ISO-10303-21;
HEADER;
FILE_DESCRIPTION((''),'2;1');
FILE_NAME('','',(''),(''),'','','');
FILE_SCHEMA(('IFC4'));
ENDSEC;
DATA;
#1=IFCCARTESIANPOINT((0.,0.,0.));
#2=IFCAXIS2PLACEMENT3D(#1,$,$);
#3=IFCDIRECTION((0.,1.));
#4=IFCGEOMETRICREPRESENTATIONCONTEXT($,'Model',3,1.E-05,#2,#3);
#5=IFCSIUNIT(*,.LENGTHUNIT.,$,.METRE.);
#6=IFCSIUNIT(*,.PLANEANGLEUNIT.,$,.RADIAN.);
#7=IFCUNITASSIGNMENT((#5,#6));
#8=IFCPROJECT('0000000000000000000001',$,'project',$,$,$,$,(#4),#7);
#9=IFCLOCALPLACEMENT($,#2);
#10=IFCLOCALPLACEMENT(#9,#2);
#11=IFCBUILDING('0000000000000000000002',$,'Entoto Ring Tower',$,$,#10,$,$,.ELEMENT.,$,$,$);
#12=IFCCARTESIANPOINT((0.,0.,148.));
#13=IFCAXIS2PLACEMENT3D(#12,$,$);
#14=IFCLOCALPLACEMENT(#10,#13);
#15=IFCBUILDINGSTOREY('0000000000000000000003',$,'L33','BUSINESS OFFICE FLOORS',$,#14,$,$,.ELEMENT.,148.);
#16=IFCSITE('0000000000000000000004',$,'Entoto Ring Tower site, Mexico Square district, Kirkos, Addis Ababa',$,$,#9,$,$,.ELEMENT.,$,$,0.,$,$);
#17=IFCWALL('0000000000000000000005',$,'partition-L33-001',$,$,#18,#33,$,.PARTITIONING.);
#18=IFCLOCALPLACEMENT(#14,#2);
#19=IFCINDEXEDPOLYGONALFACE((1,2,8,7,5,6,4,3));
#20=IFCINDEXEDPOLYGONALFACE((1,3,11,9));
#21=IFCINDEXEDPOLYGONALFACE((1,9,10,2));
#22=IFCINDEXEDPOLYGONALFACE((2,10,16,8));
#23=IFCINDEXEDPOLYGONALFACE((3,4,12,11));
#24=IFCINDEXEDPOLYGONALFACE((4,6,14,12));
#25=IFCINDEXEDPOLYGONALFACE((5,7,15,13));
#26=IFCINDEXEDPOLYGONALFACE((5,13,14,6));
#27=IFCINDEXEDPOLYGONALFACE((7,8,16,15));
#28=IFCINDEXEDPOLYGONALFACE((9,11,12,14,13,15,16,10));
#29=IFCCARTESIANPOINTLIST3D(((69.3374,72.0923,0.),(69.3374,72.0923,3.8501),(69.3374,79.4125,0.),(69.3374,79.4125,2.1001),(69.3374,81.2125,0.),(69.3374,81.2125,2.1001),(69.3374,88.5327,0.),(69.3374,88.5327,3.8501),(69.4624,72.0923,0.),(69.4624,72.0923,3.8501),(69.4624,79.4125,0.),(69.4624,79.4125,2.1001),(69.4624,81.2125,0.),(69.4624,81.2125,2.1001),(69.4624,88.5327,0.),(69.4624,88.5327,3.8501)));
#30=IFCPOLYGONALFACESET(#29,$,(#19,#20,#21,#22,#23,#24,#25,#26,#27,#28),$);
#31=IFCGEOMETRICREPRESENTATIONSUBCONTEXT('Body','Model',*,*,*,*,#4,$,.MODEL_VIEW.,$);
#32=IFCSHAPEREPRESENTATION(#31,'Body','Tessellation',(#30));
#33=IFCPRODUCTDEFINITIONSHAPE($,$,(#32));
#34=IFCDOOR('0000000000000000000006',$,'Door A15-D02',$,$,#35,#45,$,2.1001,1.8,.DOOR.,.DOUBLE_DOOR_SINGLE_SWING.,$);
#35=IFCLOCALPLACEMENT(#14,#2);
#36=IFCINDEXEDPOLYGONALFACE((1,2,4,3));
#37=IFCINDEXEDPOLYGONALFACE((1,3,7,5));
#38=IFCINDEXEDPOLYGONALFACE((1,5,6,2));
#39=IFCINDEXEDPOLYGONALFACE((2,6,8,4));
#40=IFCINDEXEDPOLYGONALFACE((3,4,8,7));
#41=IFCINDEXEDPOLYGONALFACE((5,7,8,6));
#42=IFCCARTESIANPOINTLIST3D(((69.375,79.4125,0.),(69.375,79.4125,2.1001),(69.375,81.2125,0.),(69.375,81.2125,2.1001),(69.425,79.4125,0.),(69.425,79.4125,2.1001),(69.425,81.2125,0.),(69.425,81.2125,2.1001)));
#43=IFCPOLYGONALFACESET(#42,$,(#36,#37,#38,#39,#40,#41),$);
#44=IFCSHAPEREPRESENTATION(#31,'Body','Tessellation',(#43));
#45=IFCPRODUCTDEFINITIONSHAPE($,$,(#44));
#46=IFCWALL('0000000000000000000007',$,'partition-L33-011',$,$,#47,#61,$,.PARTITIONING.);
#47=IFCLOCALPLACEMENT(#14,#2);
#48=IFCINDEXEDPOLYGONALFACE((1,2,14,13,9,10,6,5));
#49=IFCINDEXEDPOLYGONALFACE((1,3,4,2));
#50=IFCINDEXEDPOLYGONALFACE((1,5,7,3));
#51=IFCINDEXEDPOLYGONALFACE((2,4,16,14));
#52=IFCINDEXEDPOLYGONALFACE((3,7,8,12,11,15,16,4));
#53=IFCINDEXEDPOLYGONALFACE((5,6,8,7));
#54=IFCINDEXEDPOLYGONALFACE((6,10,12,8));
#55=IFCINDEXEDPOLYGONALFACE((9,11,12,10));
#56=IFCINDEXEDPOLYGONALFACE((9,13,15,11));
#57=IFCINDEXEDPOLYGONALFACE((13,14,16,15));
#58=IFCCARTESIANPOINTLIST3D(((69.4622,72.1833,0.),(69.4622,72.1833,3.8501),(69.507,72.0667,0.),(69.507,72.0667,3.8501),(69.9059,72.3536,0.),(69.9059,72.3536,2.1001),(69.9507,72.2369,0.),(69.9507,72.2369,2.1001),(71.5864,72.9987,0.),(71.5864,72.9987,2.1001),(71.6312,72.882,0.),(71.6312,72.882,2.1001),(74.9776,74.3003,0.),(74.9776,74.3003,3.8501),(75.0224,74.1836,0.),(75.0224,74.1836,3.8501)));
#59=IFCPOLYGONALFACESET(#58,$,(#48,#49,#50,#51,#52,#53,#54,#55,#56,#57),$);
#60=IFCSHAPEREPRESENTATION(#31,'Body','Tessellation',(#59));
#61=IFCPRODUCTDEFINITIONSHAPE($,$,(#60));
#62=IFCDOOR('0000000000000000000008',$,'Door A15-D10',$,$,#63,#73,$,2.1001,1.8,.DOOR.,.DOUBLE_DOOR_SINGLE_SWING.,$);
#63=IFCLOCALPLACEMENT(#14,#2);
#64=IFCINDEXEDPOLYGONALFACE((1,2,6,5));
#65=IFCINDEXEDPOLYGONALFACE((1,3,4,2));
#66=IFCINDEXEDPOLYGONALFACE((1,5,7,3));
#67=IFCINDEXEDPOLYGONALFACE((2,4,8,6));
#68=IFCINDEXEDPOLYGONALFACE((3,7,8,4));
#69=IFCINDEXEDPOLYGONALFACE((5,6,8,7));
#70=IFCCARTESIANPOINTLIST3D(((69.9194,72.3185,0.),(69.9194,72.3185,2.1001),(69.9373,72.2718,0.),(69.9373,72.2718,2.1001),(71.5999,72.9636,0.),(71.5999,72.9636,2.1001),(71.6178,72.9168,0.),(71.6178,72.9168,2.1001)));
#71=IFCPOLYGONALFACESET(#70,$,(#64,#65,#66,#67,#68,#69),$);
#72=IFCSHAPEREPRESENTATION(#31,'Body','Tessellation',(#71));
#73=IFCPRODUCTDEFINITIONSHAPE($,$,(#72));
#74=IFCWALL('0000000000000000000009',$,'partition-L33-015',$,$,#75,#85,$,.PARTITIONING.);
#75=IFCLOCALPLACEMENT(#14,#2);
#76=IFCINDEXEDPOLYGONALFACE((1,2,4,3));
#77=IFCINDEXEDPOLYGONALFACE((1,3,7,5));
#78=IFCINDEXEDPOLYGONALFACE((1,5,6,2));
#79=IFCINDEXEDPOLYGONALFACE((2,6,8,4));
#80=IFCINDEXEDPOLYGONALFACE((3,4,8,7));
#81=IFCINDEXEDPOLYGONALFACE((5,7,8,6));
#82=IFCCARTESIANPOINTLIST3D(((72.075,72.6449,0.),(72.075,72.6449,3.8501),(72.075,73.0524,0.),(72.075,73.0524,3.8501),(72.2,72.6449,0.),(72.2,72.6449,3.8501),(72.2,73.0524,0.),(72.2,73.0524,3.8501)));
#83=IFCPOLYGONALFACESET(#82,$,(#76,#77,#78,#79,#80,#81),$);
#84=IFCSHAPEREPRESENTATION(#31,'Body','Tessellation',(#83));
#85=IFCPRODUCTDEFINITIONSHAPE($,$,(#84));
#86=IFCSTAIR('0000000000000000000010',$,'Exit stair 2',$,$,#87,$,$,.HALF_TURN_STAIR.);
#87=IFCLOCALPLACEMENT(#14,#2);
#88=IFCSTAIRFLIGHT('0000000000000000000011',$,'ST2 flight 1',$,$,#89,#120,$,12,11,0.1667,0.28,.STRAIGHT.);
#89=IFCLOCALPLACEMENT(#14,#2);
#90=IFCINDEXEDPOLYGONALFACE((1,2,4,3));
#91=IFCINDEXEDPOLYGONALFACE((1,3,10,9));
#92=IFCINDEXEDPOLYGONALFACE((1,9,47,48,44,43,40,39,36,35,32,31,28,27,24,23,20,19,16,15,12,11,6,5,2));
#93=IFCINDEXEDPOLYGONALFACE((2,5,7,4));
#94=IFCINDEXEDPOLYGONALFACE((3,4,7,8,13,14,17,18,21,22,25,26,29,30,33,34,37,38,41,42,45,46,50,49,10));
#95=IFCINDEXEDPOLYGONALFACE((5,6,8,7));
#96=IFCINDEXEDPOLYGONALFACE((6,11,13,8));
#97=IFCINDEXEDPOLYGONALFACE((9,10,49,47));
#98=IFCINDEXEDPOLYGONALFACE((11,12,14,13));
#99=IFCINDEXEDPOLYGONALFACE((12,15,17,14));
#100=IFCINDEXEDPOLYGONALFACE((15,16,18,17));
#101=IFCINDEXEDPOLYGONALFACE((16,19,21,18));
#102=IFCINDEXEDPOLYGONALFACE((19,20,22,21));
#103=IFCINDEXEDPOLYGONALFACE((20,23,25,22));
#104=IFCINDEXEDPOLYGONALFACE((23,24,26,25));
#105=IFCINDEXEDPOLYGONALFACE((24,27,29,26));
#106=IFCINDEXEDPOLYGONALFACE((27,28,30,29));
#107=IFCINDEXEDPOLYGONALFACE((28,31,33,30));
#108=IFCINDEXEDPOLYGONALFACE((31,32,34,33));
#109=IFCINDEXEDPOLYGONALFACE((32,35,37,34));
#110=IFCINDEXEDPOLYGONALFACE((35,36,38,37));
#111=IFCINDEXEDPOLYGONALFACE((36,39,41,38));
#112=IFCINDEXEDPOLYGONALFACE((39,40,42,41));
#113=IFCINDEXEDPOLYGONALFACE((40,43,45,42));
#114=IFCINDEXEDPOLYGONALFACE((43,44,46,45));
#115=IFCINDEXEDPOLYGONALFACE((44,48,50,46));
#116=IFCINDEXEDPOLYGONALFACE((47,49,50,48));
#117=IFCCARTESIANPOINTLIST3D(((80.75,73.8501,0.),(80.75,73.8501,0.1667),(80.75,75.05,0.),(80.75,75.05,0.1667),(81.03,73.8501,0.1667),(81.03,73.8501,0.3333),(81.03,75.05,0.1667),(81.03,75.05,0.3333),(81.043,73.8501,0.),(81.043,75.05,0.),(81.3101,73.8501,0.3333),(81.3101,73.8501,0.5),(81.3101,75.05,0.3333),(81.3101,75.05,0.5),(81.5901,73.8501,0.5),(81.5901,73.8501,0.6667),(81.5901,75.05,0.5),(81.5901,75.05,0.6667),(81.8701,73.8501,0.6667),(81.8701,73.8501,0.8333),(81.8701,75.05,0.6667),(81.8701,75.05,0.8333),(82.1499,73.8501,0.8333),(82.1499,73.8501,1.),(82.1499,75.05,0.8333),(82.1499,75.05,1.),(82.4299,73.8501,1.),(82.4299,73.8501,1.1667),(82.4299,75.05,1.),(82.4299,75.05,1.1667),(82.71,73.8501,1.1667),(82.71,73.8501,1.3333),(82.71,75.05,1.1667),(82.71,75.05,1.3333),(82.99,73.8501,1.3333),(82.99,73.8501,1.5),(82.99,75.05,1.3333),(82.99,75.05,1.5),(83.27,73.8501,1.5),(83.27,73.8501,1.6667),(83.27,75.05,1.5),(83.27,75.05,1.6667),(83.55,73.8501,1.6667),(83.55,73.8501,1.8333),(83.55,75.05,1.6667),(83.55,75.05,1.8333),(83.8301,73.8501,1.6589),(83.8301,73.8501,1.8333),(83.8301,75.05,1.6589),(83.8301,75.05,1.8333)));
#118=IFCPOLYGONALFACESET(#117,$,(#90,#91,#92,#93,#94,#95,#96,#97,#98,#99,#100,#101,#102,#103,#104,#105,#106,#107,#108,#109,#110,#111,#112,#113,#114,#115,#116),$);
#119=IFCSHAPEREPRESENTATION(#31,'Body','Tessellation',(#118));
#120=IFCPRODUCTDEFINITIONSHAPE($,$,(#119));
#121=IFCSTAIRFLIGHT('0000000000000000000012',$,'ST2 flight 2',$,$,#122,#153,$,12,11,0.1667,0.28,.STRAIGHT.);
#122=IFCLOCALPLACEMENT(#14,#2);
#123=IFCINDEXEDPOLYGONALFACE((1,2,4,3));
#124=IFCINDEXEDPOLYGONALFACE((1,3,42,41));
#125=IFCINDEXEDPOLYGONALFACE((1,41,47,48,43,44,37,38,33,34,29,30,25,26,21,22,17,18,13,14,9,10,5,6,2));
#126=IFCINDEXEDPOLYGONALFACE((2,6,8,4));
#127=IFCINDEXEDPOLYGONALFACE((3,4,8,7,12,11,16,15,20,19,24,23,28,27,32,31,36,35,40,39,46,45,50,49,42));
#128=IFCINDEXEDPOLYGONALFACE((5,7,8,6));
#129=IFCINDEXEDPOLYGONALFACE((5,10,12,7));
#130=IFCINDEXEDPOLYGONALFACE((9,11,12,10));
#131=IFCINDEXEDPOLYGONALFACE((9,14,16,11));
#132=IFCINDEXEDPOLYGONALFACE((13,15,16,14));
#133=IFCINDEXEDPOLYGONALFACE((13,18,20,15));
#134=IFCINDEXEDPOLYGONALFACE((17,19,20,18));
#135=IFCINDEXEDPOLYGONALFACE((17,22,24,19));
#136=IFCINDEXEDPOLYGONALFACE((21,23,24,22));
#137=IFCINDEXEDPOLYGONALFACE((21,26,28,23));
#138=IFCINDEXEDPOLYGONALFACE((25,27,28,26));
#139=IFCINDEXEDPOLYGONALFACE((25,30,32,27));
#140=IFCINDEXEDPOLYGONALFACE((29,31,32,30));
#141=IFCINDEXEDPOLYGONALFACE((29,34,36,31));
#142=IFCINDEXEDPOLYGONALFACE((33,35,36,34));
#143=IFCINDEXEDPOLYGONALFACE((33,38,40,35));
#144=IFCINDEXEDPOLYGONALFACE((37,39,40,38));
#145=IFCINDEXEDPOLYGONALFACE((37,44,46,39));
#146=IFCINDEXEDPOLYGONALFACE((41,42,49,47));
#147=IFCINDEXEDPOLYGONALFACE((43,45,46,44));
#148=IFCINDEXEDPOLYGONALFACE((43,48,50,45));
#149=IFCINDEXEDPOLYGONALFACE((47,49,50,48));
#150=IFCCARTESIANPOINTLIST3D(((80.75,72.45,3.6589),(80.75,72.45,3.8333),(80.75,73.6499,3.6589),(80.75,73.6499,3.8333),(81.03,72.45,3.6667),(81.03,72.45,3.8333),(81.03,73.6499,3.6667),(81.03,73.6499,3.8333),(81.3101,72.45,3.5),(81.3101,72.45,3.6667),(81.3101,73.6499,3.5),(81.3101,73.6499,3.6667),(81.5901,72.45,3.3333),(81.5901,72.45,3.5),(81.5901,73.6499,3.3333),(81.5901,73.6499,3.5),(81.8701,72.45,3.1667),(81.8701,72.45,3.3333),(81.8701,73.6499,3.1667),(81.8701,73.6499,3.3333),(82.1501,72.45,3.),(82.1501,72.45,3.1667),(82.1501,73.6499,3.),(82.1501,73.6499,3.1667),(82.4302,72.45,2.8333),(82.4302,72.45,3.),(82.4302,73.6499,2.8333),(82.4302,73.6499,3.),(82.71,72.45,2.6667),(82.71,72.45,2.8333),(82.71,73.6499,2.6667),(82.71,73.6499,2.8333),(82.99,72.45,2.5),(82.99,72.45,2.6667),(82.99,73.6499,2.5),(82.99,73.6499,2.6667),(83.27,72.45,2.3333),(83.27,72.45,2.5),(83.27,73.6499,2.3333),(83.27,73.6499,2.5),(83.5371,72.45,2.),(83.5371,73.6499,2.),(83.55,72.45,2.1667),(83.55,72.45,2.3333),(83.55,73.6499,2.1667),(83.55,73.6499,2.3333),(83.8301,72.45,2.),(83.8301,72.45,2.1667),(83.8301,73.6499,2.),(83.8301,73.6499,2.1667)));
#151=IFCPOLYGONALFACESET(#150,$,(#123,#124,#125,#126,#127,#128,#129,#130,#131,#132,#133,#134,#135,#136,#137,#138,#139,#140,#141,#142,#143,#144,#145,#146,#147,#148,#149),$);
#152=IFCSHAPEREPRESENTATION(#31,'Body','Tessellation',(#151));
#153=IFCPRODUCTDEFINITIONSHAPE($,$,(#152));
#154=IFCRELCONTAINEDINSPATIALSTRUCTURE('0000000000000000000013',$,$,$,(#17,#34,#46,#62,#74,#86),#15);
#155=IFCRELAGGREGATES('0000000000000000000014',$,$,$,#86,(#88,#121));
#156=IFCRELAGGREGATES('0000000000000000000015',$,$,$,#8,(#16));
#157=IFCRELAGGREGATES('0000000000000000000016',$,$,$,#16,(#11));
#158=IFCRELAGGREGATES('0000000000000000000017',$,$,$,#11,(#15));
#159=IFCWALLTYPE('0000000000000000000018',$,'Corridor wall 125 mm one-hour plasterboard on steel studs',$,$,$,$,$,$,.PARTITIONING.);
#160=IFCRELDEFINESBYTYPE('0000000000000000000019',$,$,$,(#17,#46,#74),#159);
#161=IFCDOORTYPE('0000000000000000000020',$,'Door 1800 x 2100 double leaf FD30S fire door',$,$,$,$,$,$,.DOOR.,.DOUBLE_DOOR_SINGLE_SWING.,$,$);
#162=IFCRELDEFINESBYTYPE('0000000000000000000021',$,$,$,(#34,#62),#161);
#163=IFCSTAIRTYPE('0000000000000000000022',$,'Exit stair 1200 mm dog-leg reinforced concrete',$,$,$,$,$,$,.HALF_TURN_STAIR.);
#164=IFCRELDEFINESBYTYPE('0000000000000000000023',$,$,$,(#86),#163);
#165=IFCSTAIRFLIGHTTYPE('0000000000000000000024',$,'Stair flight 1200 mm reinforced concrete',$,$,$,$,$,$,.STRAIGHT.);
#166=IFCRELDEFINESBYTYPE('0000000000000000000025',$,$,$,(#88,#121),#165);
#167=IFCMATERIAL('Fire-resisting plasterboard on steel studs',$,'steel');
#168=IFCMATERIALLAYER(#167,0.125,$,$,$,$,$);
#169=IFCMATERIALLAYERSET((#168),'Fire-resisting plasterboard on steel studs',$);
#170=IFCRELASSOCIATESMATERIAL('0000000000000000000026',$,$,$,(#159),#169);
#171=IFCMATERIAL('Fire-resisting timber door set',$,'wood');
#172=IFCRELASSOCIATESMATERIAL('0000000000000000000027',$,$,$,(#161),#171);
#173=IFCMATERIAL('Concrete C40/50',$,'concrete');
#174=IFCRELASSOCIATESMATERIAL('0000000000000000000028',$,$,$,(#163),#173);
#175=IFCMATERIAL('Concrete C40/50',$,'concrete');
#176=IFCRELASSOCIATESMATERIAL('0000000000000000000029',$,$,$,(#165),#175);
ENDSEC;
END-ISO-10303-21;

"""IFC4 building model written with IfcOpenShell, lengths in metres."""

from ifc_helpers import new_model, si_unit, direction, frame, frame_2d, origin, place, context, subcontext, project, spatial, polyline, rectangle, outline, extrude, material, layer, layer_set, type_object, element, fill, aggregate, save


model = new_model("IFC4")

# Units and contexts
model_context = context("Model", 3, precision=1e-05, world=origin(), true_north=direction((0.0, 1.0)))
body_context = subcontext(model_context, "Body", "Model", "MODEL_VIEW")
ifc_project = project(units=[si_unit("LENGTHUNIT", "METRE"), si_unit("PLANEANGLEUNIT", "RADIAN")], contexts=[model_context])

# Site, building, storey
site_placement = place(None, origin())
site = spatial("IfcSite", under=ifc_project, at=site_placement, Name="Entoto Ring Tower site, Mexico Square district, Kirkos, Addis Ababa", CompositionType="ELEMENT", RefElevation=0.0)
building_placement = place(site_placement, origin())
building = spatial("IfcBuilding", under=site, at=building_placement, Name="Entoto Ring Tower", CompositionType="ELEMENT")
storey_placement = place(building_placement, frame((0.0, 0.0, 148.0)))
storey = spatial("IfcBuildingStorey", under=building, at=storey_placement, Name="L33", Description="BUSINESS OFFICE FLOORS", CompositionType="ELEMENT", Elevation=148.0)

# Walls, openings, doors
ifc_material_1 = material(Name="Fire-resisting plasterboard on steel studs", Category="steel")
ifc_layer_1 = layer(ifc_material_1, 0.125)
ifc_layer_set_1 = layer_set([ifc_layer_1], Name="Fire-resisting plasterboard on steel studs")
wall_type_1 = type_object("IfcWallType", Name="Corridor wall 125 mm one-hour plasterboard on steel studs", PredefinedType="PARTITIONING", material=ifc_layer_set_1)
wall_1_placement = place(storey_placement, frame((69.3999, 72.0923, 0.0), z_axis=(0.0, 0.0, 1.0), x_axis=(0.0, 1.0, 0.0)))
wall_1 = element("IfcWall", 1, at=wall_1_placement, inside=storey, type_object=wall_type_1, Name="partition-L33-001", PredefinedType="PARTITIONING", context=body_context, shape_type="SweptSolid", body=[
    extrude(rectangle(XDim=16.4404, YDim=0.125, at=frame_2d((8.2202, 0.0))), origin(), (0.0, 0.0, 1.0), 3.8501),
])
opening_1_placement = place(wall_1_placement, frame((7.3203, 0.0, 0.0)))
opening_1 = element("IfcOpeningElement", 2, at=opening_1_placement, cuts=wall_1, PredefinedType="OPENING", context=body_context, shape_type="SweptSolid", body=[
    extrude(rectangle(XDim=1.8, YDim=2.1001, at=frame_2d((0.8999, 1.05))), frame((0.0, 0.0725, 0.0), z_axis=(0.0, -1.0, 0.0), x_axis=(1.0, 0.0, 0.0)), (0.0, 0.0, 1.0), 0.145),
])
ifc_material_2 = material(Name="Fire-resisting timber door set", Category="wood")
door_type_1 = type_object("IfcDoorType", Name="Door 1800 x 2100 double leaf FD30S fire door", OperationType="DOUBLE_DOOR_SINGLE_SWING", PredefinedType="DOOR", material=ifc_material_2)
door_1_placement = place(opening_1_placement, origin())
door_1 = element("IfcDoor", 3, at=door_1_placement, inside=storey, type_object=door_type_1, Name="Door A15-D02", OperationType="DOUBLE_DOOR_SINGLE_SWING", OverallHeight=2.1001, OverallWidth=1.8, PredefinedType="DOOR", context=body_context, shape_type="SweptSolid", body=[
    extrude(rectangle(XDim=1.8, YDim=2.1001, at=frame_2d((0.8999, 1.05))), frame((0.0, 0.0249, 0.0), z_axis=(0.0, -1.0, 0.0), x_axis=(1.0, 0.0, 0.0)), (0.0, 0.0, 1.0), 0.05),
])
fill(opening_1, door_1)
wall_2_placement = place(storey_placement, frame((69.4846, 72.125, 0.0), z_axis=(0.0, 0.0, 1.0), x_axis=(0.933592, 0.358337, 0.0)))
wall_2 = element("IfcWall", 4, at=wall_2_placement, inside=storey, type_object=wall_type_1, Name="partition-L33-011", PredefinedType="PARTITIONING", context=body_context, shape_type="SweptSolid", body=[
    extrude(rectangle(XDim=5.9077, YDim=0.125, at=frame_2d((2.9539, 0.0))), origin(), (0.0, 0.0, 1.0), 3.8501),
])
opening_2_placement = place(wall_2_placement, frame((0.4753, 0.0, 0.0)))
opening_2 = element("IfcOpeningElement", 5, at=opening_2_placement, cuts=wall_2, PredefinedType="OPENING", context=body_context, shape_type="SweptSolid", body=[
    extrude(rectangle(XDim=1.8, YDim=2.1001, at=frame_2d((0.8999, 1.05))), frame((0.0, 0.0725, 0.0), z_axis=(0.0, -1.0, 0.0), x_axis=(1.0, 0.0, 0.0)), (0.0, 0.0, 1.0), 0.145),
])
door_2_placement = place(opening_2_placement, origin())
door_2 = element("IfcDoor", 6, at=door_2_placement, inside=storey, type_object=door_type_1, Name="Door A15-D10", OperationType="DOUBLE_DOOR_SINGLE_SWING", OverallHeight=2.1001, OverallWidth=1.8, PredefinedType="DOOR", context=body_context, shape_type="SweptSolid", body=[
    extrude(rectangle(XDim=1.8, YDim=2.1001, at=frame_2d((0.8999, 1.05))), frame((0.0, 0.0249, 0.0), z_axis=(0.0, -1.0, 0.0), x_axis=(1.0, 0.0, 0.0)), (0.0, 0.0, 1.0), 0.05),
])
fill(opening_2, door_2)

# Wall
wall_3_placement = place(storey_placement, frame((72.1375, 72.645, 0.0), z_axis=(0.0, 0.0, 1.0), x_axis=(0.0, 1.0, 0.0)))
element("IfcWall", 7, at=wall_3_placement, inside=storey, type_object=wall_type_1, Name="partition-L33-015", PredefinedType="PARTITIONING", context=body_context, shape_type="SweptSolid", body=[
    extrude(rectangle(XDim=0.4075, YDim=0.125, at=frame_2d((0.2036, 0.0))), origin(), (0.0, 0.0, 1.0), 3.8501),
])

# Stair, stair flights
ifc_material_3 = material(Name="Concrete C40/50", Category="concrete")
stair_type = type_object("IfcStairType", Name="Exit stair 1200 mm dog-leg reinforced concrete", PredefinedType="HALF_TURN_STAIR", material=ifc_material_3)
stair_placement = place(storey_placement, origin())
stair = element("IfcStair", 8, at=stair_placement, inside=storey, type_object=stair_type, Name="Exit stair 2", PredefinedType="HALF_TURN_STAIR")
ifc_material_4 = material(Name="Concrete C40/50", Category="concrete")
stair_flight_type = type_object("IfcStairFlightType", Name="Stair flight 1200 mm reinforced concrete", PredefinedType="STRAIGHT", material=ifc_material_4)
stair_flight_1_placement = place(storey_placement, frame((80.75, 74.45, 0.0), z_axis=(0.0, 0.0, 1.0), x_axis=(1.0, 0.0, 0.0)))
stair_flight_1 = element("IfcStairFlight", 9, at=stair_flight_1_placement, type_object=stair_flight_type, Name="ST2 flight 1", NumberOfRisers=12, NumberOfTreads=11, PredefinedType="STRAIGHT", RiserHeight=0.1667, TreadLength=0.28, context=body_context, shape_type="SweptSolid", body=[
    extrude(outline(polyline([(0.0, 0.0), (0.0, 0.1667), (0.28, 0.1667), (0.28, 0.3333), (0.5601, 0.3333), (0.5601, 0.5), (0.8401, 0.5), (0.8401, 0.6667), (1.1201, 0.6667), (1.1201, 0.8333), (1.3999, 0.8333), (1.3999, 1.0), (1.6799, 1.0), (1.6799, 1.1667), (1.96, 1.1667), (1.96, 1.3333), (2.24, 1.3333), (2.24, 1.5), (2.52, 1.5), (2.52, 1.6667), (2.8, 1.6667), (2.8, 1.8333), (3.0801, 1.8333), (3.0801, 2.0), (3.0801, 1.6589), (0.293, 0.0), (0.0, 0.0)])), frame((0.0, 0.6001, 0.0), z_axis=(0.0, -1.0, 0.0), x_axis=(1.0, 0.0, 0.0)), (0.0, 0.0, 1.0), 1.2),
])
stair_flight_2_placement = place(storey_placement, frame((83.8301, 73.05, 2.0), z_axis=(0.0, 0.0, 1.0), x_axis=(-1.0, 0.0, 0.0)))
stair_flight_2 = element("IfcStairFlight", 10, at=stair_flight_2_placement, type_object=stair_flight_type, Name="ST2 flight 2", NumberOfRisers=12, NumberOfTreads=11, PredefinedType="STRAIGHT", RiserHeight=0.1667, TreadLength=0.28, context=body_context, shape_type="SweptSolid", body=[
    extrude(outline(polyline([(0.0, 0.0), (0.0, 0.1667), (0.28, 0.1667), (0.28, 0.3333), (0.5601, 0.3333), (0.5601, 0.5), (0.8401, 0.5), (0.8401, 0.6667), (1.1201, 0.6667), (1.1201, 0.8333), (1.3999, 0.8333), (1.3999, 1.0), (1.6799, 1.0), (1.6799, 1.1667), (1.96, 1.1667), (1.96, 1.3333), (2.24, 1.3333), (2.24, 1.5), (2.52, 1.5), (2.52, 1.6667), (2.8, 1.6667), (2.8, 1.8333), (3.0801, 1.8333), (3.0801, 2.0), (3.0801, 1.6589), (0.293, 0.0), (0.0, 0.0)])), frame((0.0, 0.6001, 0.0), z_axis=(0.0, -1.0, 0.0), x_axis=(1.0, 0.0, 0.0)), (0.0, 0.0, 1.0), 1.2),
])
aggregate(stair, [stair_flight_1, stair_flight_2])

save(model, "model.ifc")
